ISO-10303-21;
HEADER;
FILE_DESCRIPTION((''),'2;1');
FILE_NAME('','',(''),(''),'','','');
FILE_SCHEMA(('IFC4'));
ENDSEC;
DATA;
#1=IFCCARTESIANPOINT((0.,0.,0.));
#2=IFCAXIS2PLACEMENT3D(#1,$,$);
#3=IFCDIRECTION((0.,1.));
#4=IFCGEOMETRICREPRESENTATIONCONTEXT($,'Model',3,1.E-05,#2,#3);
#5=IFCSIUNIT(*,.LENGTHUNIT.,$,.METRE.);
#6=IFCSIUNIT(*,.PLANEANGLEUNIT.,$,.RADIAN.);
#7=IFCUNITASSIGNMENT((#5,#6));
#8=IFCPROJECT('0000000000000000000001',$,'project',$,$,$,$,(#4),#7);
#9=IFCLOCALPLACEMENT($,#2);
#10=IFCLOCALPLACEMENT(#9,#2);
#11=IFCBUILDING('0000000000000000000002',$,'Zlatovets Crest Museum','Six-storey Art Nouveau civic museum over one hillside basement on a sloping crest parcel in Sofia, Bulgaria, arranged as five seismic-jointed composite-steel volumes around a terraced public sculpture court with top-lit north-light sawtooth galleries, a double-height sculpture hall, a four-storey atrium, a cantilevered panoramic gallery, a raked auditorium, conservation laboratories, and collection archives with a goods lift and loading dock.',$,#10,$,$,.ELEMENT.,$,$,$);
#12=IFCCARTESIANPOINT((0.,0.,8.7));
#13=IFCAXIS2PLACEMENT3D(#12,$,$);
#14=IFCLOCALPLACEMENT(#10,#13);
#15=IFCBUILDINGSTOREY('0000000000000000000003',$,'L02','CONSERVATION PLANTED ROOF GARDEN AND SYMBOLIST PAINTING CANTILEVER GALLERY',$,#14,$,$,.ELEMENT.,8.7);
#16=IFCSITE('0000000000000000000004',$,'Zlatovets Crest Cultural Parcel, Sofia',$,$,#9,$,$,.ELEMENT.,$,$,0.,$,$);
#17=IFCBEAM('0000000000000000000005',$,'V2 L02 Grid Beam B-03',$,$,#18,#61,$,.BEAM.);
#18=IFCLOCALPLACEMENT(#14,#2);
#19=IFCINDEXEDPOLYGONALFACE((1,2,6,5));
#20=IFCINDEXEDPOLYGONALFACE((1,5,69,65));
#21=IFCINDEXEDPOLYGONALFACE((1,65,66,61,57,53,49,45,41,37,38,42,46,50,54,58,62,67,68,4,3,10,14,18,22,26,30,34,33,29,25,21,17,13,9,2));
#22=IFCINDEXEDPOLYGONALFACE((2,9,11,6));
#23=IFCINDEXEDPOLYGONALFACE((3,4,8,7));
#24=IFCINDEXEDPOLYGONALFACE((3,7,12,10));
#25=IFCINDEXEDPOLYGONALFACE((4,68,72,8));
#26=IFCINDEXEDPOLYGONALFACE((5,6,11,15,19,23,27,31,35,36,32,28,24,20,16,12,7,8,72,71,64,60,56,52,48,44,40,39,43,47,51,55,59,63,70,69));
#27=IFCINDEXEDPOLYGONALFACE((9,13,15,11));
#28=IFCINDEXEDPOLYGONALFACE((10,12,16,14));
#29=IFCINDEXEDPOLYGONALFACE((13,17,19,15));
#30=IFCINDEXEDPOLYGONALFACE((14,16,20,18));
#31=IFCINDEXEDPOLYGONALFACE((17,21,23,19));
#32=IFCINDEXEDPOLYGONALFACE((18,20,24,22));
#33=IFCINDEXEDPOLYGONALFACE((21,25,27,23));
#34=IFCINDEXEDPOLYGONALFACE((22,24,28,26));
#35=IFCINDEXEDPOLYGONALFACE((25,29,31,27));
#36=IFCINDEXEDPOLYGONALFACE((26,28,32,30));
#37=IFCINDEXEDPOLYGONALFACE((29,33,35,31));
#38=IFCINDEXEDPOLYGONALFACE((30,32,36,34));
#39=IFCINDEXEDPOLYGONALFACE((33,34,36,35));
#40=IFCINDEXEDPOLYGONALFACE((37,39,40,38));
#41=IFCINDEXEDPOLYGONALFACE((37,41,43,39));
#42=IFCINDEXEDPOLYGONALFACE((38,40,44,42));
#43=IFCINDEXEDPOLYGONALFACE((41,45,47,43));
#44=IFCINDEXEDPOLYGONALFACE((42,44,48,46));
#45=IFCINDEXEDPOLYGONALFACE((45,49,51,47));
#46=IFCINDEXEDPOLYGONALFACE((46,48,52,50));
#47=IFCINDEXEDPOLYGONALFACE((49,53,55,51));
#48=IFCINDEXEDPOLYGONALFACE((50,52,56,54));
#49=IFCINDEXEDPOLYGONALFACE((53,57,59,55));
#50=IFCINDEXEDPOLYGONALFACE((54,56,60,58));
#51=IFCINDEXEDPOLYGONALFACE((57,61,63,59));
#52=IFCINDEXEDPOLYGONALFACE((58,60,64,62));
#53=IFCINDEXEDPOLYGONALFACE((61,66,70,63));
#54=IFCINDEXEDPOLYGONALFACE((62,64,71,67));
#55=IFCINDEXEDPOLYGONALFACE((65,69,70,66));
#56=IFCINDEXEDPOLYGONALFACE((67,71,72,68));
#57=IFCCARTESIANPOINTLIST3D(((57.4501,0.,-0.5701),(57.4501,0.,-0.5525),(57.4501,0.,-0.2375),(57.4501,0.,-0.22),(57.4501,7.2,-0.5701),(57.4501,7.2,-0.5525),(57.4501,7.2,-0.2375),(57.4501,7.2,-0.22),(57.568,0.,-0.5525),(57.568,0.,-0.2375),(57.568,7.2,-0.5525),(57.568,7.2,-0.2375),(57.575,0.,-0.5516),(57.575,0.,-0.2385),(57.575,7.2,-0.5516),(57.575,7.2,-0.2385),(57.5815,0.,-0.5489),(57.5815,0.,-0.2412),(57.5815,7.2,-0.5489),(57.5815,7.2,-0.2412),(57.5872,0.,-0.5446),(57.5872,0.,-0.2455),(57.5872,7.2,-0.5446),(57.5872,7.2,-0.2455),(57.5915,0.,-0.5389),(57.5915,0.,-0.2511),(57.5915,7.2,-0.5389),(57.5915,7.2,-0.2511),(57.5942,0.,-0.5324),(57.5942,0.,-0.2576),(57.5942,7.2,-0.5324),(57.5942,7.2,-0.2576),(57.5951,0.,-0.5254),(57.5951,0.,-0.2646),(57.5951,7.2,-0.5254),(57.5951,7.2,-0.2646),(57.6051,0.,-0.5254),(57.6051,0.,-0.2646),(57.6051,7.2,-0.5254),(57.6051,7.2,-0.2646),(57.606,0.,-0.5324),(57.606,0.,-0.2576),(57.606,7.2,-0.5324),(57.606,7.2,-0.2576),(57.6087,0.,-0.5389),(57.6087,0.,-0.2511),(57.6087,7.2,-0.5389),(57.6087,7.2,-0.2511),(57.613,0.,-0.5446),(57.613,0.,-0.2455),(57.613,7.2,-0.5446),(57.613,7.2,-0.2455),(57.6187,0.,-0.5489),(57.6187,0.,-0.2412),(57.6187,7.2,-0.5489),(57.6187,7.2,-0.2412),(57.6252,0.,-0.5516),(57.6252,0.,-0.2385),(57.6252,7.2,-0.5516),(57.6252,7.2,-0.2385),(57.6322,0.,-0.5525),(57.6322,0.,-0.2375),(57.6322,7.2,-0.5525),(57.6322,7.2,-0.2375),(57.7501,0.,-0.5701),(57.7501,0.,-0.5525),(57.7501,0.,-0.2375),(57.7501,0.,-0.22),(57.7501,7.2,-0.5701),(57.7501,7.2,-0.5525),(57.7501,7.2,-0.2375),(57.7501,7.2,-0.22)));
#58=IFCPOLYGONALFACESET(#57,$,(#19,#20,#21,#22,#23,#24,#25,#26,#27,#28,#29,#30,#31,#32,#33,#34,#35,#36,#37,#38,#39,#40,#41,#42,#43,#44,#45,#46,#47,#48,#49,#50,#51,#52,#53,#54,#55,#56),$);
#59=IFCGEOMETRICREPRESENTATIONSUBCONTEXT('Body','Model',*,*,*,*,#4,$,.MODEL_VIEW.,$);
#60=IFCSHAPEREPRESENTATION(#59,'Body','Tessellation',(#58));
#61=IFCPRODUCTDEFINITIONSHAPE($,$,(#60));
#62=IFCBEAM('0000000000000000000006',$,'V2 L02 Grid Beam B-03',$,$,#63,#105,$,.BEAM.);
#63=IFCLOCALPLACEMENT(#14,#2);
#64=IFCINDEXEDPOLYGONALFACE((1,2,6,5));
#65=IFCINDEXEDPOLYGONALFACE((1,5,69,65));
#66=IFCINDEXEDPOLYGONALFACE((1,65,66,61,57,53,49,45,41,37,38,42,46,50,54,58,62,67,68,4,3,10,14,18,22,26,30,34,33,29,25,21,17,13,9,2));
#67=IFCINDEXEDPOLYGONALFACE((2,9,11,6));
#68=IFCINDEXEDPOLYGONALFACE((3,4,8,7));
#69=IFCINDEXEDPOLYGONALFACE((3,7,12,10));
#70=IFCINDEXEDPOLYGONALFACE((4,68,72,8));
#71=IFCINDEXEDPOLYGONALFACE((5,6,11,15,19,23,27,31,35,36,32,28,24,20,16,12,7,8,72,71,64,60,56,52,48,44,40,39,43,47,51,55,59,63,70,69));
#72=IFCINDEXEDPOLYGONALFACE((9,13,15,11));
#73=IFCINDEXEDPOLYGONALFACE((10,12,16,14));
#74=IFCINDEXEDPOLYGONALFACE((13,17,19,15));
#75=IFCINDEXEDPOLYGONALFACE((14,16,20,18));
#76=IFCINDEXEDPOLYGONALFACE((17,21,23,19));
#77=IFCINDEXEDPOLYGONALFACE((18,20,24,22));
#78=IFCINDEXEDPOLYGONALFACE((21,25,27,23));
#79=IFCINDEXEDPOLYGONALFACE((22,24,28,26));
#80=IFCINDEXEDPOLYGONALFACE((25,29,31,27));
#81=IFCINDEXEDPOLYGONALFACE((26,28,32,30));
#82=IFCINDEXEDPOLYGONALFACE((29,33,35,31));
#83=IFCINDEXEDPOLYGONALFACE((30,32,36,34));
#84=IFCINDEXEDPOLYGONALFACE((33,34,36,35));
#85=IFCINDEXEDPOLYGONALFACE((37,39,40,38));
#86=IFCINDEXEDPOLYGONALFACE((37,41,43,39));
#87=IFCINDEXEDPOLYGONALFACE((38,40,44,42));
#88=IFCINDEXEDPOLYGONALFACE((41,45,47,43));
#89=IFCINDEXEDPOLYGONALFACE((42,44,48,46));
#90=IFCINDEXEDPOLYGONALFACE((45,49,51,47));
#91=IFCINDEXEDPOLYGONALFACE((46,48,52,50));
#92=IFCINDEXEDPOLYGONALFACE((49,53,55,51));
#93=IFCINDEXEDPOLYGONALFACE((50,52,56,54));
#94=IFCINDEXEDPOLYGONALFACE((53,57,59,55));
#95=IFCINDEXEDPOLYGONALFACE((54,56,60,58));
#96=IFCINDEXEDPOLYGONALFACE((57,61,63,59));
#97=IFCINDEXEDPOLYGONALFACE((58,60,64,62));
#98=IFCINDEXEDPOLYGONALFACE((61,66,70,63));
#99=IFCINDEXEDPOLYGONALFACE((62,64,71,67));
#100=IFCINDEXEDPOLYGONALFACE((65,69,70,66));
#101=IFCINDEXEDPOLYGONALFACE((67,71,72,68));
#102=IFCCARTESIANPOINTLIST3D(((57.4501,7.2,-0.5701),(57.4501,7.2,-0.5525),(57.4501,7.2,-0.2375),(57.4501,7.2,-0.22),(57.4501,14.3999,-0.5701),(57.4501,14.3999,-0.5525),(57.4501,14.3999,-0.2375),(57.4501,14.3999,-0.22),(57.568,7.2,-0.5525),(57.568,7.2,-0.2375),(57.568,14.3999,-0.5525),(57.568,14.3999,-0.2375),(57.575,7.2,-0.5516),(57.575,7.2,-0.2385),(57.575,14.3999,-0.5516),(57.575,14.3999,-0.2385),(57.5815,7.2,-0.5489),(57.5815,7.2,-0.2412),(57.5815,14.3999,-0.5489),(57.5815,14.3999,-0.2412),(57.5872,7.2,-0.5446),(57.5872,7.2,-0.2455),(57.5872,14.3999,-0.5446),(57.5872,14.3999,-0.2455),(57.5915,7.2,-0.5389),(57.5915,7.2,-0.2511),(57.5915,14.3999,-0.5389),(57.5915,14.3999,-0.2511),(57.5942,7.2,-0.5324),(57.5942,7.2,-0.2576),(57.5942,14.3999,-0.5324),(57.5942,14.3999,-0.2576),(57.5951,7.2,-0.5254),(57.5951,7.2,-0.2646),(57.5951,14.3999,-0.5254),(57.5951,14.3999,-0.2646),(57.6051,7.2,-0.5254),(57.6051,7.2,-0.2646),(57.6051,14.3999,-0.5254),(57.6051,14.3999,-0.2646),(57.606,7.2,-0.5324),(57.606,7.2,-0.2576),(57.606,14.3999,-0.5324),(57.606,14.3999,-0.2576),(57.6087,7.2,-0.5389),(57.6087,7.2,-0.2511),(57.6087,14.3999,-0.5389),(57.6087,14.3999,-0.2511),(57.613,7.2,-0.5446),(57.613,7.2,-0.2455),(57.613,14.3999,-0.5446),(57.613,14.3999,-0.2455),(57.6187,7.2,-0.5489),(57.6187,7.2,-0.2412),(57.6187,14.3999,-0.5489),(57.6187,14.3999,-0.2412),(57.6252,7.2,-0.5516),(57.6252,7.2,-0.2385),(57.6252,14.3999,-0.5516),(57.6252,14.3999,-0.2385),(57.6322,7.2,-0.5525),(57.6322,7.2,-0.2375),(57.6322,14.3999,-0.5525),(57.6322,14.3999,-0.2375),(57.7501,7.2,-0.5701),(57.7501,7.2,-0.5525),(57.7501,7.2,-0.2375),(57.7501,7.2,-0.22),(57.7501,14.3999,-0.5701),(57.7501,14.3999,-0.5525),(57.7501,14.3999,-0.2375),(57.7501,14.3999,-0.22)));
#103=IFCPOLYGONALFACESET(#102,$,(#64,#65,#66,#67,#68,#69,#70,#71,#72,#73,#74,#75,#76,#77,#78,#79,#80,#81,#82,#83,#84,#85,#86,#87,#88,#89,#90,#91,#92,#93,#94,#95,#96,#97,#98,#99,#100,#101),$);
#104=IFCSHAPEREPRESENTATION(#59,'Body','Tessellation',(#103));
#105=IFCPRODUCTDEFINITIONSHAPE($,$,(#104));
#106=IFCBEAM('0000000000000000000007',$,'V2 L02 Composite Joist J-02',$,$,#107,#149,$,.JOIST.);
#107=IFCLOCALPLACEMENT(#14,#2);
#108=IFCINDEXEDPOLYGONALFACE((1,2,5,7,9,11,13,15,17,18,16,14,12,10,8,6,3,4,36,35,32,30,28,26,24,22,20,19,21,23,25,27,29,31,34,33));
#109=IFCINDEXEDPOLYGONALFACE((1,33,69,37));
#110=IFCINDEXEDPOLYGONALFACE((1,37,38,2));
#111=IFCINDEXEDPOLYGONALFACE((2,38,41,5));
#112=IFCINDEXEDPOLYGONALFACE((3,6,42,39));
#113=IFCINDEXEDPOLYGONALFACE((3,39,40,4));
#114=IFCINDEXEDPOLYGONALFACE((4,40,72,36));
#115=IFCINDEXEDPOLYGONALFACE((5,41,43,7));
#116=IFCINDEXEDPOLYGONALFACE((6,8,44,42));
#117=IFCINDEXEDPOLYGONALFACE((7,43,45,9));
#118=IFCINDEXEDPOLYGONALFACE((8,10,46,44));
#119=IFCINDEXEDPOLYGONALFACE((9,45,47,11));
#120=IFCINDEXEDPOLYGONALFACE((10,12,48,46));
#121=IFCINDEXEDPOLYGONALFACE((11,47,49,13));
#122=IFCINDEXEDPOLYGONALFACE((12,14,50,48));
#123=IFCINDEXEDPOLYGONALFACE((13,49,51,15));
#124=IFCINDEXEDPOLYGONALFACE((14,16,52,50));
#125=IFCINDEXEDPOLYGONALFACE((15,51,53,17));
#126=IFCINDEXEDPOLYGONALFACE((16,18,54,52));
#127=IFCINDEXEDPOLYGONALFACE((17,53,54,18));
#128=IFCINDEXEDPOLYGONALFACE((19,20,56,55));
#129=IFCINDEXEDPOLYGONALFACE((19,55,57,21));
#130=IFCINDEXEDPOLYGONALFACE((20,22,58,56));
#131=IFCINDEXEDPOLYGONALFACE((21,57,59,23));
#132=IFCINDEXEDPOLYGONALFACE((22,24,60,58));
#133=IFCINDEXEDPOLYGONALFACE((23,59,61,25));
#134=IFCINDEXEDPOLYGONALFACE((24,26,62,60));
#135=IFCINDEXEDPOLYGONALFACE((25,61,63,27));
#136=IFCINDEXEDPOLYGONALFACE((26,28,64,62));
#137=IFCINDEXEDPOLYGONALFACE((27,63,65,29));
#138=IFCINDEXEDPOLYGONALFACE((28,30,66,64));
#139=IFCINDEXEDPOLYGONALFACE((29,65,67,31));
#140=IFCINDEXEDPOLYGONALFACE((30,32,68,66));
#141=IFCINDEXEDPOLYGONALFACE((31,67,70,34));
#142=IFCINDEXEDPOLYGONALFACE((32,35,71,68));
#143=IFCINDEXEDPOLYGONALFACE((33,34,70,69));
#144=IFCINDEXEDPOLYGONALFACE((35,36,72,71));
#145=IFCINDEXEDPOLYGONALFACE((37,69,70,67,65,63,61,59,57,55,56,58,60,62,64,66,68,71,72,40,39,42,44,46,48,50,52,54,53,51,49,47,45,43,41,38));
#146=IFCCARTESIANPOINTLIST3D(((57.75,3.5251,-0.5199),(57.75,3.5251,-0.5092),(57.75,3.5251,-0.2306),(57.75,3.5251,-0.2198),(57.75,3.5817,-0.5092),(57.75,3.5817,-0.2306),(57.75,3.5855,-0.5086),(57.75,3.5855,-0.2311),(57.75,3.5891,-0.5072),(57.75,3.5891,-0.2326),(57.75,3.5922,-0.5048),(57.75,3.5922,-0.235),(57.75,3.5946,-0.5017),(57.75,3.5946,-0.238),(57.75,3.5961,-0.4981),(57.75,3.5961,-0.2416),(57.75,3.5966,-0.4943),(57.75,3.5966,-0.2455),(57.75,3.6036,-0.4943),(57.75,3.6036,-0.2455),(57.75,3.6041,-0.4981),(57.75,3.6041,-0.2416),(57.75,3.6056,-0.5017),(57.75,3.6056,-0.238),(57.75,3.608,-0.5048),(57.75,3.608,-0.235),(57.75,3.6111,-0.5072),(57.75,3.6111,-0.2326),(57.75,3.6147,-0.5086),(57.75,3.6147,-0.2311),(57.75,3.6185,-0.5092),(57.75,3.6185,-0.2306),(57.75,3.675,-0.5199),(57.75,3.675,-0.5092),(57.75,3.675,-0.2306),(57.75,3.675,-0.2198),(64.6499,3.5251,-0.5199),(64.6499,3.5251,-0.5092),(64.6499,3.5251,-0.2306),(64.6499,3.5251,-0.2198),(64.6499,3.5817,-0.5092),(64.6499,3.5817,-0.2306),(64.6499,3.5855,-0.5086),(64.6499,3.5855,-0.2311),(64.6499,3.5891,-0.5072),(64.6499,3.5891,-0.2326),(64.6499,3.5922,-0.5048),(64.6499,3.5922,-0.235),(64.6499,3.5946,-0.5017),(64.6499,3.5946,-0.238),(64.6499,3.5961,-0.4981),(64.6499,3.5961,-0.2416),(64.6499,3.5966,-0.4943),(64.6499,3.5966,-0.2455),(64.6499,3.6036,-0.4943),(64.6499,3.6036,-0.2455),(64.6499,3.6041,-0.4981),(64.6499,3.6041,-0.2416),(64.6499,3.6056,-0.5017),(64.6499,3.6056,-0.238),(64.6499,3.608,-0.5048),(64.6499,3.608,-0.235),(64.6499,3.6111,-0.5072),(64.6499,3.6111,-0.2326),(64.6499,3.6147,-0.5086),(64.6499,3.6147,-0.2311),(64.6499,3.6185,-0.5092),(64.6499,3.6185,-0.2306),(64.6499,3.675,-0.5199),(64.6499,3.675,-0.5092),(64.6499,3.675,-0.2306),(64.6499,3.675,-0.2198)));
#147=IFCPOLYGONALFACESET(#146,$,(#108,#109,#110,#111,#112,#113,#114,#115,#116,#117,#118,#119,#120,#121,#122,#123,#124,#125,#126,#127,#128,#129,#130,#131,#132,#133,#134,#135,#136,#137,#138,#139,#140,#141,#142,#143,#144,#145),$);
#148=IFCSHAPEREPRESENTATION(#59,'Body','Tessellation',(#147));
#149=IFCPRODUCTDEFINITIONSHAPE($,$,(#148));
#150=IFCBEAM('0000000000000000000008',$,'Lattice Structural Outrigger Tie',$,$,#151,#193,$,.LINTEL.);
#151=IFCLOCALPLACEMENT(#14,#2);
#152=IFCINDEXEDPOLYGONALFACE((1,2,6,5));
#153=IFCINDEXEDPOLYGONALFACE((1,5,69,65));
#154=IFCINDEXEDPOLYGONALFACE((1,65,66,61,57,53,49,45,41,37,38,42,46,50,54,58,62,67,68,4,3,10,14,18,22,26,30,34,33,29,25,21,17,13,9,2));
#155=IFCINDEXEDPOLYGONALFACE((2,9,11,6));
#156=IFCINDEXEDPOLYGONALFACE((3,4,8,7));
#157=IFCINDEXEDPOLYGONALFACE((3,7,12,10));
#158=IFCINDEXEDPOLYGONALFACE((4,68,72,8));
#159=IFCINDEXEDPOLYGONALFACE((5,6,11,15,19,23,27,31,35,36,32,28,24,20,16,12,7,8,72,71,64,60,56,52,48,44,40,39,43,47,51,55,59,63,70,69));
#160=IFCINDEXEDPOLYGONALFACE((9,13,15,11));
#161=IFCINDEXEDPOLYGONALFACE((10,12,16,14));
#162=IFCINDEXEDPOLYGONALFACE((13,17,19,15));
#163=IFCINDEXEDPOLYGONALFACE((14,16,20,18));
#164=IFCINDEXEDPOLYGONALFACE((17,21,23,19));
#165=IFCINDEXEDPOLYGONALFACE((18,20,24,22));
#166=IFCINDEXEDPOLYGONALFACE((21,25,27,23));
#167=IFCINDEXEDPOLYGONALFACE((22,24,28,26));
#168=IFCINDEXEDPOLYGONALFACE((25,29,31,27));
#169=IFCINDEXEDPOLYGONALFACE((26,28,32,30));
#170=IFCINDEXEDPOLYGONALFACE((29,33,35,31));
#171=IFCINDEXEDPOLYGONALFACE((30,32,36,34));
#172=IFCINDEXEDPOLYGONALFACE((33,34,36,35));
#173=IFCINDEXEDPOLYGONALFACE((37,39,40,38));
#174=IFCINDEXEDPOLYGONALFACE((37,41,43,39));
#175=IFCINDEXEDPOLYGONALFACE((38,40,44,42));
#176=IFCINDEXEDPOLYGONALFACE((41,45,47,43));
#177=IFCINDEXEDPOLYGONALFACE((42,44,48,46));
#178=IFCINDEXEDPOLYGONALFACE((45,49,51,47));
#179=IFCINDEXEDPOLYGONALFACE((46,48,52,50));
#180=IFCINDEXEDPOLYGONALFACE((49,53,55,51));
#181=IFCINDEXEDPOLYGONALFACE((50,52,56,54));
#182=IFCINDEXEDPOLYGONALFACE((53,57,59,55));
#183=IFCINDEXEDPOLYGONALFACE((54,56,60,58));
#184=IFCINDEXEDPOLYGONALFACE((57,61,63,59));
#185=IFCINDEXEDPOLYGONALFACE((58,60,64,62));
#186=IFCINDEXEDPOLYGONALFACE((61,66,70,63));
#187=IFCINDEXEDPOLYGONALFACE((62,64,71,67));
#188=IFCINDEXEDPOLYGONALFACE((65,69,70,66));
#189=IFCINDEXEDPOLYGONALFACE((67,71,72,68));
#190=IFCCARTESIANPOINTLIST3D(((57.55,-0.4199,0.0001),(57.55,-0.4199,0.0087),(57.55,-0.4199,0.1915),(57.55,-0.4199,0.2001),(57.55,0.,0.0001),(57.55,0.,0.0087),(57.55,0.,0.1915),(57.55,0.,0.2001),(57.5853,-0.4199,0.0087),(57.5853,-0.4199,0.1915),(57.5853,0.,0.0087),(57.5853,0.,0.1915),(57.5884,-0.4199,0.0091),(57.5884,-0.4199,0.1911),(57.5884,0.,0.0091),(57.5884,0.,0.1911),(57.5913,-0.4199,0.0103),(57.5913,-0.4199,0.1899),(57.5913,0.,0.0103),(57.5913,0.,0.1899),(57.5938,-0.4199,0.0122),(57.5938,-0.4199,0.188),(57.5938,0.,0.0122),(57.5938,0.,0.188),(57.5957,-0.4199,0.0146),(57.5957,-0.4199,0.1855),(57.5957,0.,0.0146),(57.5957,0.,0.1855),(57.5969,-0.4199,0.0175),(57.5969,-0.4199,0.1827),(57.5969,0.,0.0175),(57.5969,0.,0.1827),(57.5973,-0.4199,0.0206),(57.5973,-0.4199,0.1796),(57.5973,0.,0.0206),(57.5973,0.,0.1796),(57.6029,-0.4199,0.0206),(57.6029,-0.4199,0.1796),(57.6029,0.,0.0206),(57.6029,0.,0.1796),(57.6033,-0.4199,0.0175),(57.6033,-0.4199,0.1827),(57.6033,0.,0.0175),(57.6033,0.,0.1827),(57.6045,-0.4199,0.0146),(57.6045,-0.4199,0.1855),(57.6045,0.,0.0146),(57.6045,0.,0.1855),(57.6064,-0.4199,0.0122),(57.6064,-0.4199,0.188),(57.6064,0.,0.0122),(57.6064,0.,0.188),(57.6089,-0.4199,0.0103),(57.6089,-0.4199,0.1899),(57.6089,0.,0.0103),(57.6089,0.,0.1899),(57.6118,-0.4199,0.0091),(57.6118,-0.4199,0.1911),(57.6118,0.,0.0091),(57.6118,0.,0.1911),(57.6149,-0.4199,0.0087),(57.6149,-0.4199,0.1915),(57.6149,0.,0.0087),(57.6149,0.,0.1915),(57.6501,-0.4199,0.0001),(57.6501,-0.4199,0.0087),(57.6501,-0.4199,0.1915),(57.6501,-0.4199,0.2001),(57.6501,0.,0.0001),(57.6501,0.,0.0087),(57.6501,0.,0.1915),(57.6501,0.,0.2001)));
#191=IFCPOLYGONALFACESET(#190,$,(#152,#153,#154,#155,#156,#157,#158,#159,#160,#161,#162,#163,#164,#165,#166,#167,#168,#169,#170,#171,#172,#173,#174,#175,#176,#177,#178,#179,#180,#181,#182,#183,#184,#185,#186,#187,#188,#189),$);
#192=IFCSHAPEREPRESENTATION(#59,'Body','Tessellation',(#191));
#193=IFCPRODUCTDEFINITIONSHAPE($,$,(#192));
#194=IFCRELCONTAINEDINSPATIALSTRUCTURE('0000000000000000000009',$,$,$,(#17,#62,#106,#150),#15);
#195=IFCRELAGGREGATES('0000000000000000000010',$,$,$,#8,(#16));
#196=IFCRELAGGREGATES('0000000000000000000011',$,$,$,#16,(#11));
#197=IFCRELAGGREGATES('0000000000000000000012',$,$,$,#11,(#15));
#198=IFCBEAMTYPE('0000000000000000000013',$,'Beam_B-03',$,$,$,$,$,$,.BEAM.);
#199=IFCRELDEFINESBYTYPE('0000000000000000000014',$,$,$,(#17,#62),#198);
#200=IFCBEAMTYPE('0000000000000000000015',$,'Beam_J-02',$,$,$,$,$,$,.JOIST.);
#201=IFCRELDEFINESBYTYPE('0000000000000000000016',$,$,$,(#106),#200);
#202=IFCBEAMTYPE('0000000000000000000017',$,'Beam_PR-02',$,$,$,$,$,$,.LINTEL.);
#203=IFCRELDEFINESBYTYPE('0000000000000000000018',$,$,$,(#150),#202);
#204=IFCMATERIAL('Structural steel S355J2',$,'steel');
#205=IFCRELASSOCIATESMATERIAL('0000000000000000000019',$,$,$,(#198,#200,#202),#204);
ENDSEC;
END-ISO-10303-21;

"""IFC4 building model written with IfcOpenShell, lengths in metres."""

from ifc_helpers import new_model, si_unit, direction, frame, origin, origin_2d, place, context, subcontext, project, spatial, i_section, extrude, material, material_profile, profile_set, type_object, element, save


model = new_model("IFC4")

# Units and contexts
model_context = context("Model", 3, precision=1e-05, world=origin(), true_north=direction((0.0, 1.0)))
body_context = subcontext(model_context, "Body", "Model", "MODEL_VIEW")
ifc_project = project(units=[si_unit("LENGTHUNIT", "METRE"), si_unit("PLANEANGLEUNIT", "RADIAN")], contexts=[model_context])

# Site, building, storey
site_placement = place(None, origin())
site = spatial("IfcSite", under=ifc_project, at=site_placement, Name="Zlatovets Crest Cultural Parcel, Sofia", CompositionType="ELEMENT", RefElevation=0.0)
building_placement = place(site_placement, origin())
building = spatial("IfcBuilding", under=site, at=building_placement, Name="Zlatovets Crest Museum", Description="Six-storey Art Nouveau civic museum over one hillside basement on a sloping crest parcel in Sofia, Bulgaria, arranged as five seismic-jointed composite-steel volumes around a terraced public sculpture court with top-lit north-light sawtooth galleries, a double-height sculpture hall, a four-storey atrium, a cantilevered panoramic gallery, a raked auditorium, conservation laboratories, and collection archives with a goods lift and loading dock.", CompositionType="ELEMENT")
storey_placement = place(building_placement, frame((0.0, 0.0, 8.7)))
storey = spatial("IfcBuildingStorey", under=building, at=storey_placement, Name="L02", Description="CONSERVATION PLANTED ROOF GARDEN AND SYMBOLIST PAINTING CANTILEVER GALLERY", CompositionType="ELEMENT", Elevation=8.7)

# Shared definitions
ifc_material_1 = material(Name="Structural steel S355J2", Category="steel")

# Beams
ifc_material_profile_1 = material_profile(ifc_material_1, i_section(OverallWidth=0.3, OverallDepth=0.3501, WebThickness=0.01, FlangeThickness=0.0176, FilletRadius=0.0271, at=origin_2d()), Name="HEA 360")
ifc_profile_set_1 = profile_set([ifc_material_profile_1], Name="Structural steel S355J2")
beam_type_1 = type_object("IfcBeamType", Name="Beam_B-03", PredefinedType="BEAM", material=ifc_profile_set_1)
for number, where, z_axis, x_axis, name in (
    (1, (57.6001, 0.0, -0.395), (0.0, 1.0, 0.0), (-1.0, 0.0, 0.0), "V2 L02 Grid Beam B-03"),
    (2, (57.6001, 7.2, -0.395), (0.0, 1.0, 0.0), (-1.0, 0.0, 0.0), "V2 L02 Grid Beam B-03"),
):
    element("IfcBeam", number, at=place(storey_placement, frame(where, z_axis=z_axis, x_axis=x_axis)), inside=storey, type_object=beam_type_1, Name=name, PredefinedType="BEAM", context=body_context, shape_type="SweptSolid", body=[
        extrude(i_section(OverallWidth=0.3, OverallDepth=0.3501, WebThickness=0.01, FlangeThickness=0.0176, FilletRadius=0.0271, at=origin_2d()), origin(), (0.0, 0.0, 1.0), 7.2),
    ])
ifc_material_profile_2 = material_profile(ifc_material_1, i_section(OverallWidth=0.1499, OverallDepth=0.3, WebThickness=0.0071, FlangeThickness=0.0107, FilletRadius=0.0149, at=origin_2d()), Name="IPE 300")
ifc_profile_set_2 = profile_set([ifc_material_profile_2], Name="Structural steel S355J2")
beam_type_2 = type_object("IfcBeamType", Name="Beam_J-02", PredefinedType="JOIST", material=ifc_profile_set_2)
beam_placement = place(storey_placement, frame((57.75, 3.6001, -0.3699), z_axis=(1.0, 0.0, 0.0), x_axis=(0.0, 1.0, 0.0)))
element("IfcBeam", 3, at=beam_placement, inside=storey, type_object=beam_type_2, Name="V2 L02 Composite Joist J-02", PredefinedType="JOIST", context=body_context, shape_type="SweptSolid", body=[
    extrude(i_section(OverallWidth=0.1499, OverallDepth=0.3, WebThickness=0.0071, FlangeThickness=0.0107, FilletRadius=0.0149, at=origin_2d()), origin(), (0.0, 0.0, 1.0), 6.8999),
])
ifc_material_profile_3 = material_profile(ifc_material_1, i_section(OverallWidth=0.1001, OverallDepth=0.2, WebThickness=0.0056, FlangeThickness=0.0085, FilletRadius=0.012, at=origin_2d()), Name="IPE 200")
ifc_profile_set_3 = profile_set([ifc_material_profile_3], Name="Structural steel S355J2")
beam_type_3 = type_object("IfcBeamType", Name="Beam_PR-02", PredefinedType="LINTEL", material=ifc_profile_set_3)
for number, where, z_axis, x_axis, name in (
    (4, (57.6001, 0.0, 0.1001), (0.0, -1.0, 0.0), (1.0, 0.0, 0.0), "Lattice Structural Outrigger Tie"),
):
    element("IfcBeam", number, at=place(storey_placement, frame(where, z_axis=z_axis, x_axis=x_axis)), inside=storey, type_object=beam_type_3, Name=name, PredefinedType="LINTEL", context=body_context, shape_type="SweptSolid", body=[
        extrude(i_section(OverallWidth=0.1001, OverallDepth=0.2, WebThickness=0.0056, FlangeThickness=0.0085, FilletRadius=0.012, at=origin_2d()), origin(), (0.0, 0.0, 1.0), 0.4199),
    ])

save(model, "model.ifc")
